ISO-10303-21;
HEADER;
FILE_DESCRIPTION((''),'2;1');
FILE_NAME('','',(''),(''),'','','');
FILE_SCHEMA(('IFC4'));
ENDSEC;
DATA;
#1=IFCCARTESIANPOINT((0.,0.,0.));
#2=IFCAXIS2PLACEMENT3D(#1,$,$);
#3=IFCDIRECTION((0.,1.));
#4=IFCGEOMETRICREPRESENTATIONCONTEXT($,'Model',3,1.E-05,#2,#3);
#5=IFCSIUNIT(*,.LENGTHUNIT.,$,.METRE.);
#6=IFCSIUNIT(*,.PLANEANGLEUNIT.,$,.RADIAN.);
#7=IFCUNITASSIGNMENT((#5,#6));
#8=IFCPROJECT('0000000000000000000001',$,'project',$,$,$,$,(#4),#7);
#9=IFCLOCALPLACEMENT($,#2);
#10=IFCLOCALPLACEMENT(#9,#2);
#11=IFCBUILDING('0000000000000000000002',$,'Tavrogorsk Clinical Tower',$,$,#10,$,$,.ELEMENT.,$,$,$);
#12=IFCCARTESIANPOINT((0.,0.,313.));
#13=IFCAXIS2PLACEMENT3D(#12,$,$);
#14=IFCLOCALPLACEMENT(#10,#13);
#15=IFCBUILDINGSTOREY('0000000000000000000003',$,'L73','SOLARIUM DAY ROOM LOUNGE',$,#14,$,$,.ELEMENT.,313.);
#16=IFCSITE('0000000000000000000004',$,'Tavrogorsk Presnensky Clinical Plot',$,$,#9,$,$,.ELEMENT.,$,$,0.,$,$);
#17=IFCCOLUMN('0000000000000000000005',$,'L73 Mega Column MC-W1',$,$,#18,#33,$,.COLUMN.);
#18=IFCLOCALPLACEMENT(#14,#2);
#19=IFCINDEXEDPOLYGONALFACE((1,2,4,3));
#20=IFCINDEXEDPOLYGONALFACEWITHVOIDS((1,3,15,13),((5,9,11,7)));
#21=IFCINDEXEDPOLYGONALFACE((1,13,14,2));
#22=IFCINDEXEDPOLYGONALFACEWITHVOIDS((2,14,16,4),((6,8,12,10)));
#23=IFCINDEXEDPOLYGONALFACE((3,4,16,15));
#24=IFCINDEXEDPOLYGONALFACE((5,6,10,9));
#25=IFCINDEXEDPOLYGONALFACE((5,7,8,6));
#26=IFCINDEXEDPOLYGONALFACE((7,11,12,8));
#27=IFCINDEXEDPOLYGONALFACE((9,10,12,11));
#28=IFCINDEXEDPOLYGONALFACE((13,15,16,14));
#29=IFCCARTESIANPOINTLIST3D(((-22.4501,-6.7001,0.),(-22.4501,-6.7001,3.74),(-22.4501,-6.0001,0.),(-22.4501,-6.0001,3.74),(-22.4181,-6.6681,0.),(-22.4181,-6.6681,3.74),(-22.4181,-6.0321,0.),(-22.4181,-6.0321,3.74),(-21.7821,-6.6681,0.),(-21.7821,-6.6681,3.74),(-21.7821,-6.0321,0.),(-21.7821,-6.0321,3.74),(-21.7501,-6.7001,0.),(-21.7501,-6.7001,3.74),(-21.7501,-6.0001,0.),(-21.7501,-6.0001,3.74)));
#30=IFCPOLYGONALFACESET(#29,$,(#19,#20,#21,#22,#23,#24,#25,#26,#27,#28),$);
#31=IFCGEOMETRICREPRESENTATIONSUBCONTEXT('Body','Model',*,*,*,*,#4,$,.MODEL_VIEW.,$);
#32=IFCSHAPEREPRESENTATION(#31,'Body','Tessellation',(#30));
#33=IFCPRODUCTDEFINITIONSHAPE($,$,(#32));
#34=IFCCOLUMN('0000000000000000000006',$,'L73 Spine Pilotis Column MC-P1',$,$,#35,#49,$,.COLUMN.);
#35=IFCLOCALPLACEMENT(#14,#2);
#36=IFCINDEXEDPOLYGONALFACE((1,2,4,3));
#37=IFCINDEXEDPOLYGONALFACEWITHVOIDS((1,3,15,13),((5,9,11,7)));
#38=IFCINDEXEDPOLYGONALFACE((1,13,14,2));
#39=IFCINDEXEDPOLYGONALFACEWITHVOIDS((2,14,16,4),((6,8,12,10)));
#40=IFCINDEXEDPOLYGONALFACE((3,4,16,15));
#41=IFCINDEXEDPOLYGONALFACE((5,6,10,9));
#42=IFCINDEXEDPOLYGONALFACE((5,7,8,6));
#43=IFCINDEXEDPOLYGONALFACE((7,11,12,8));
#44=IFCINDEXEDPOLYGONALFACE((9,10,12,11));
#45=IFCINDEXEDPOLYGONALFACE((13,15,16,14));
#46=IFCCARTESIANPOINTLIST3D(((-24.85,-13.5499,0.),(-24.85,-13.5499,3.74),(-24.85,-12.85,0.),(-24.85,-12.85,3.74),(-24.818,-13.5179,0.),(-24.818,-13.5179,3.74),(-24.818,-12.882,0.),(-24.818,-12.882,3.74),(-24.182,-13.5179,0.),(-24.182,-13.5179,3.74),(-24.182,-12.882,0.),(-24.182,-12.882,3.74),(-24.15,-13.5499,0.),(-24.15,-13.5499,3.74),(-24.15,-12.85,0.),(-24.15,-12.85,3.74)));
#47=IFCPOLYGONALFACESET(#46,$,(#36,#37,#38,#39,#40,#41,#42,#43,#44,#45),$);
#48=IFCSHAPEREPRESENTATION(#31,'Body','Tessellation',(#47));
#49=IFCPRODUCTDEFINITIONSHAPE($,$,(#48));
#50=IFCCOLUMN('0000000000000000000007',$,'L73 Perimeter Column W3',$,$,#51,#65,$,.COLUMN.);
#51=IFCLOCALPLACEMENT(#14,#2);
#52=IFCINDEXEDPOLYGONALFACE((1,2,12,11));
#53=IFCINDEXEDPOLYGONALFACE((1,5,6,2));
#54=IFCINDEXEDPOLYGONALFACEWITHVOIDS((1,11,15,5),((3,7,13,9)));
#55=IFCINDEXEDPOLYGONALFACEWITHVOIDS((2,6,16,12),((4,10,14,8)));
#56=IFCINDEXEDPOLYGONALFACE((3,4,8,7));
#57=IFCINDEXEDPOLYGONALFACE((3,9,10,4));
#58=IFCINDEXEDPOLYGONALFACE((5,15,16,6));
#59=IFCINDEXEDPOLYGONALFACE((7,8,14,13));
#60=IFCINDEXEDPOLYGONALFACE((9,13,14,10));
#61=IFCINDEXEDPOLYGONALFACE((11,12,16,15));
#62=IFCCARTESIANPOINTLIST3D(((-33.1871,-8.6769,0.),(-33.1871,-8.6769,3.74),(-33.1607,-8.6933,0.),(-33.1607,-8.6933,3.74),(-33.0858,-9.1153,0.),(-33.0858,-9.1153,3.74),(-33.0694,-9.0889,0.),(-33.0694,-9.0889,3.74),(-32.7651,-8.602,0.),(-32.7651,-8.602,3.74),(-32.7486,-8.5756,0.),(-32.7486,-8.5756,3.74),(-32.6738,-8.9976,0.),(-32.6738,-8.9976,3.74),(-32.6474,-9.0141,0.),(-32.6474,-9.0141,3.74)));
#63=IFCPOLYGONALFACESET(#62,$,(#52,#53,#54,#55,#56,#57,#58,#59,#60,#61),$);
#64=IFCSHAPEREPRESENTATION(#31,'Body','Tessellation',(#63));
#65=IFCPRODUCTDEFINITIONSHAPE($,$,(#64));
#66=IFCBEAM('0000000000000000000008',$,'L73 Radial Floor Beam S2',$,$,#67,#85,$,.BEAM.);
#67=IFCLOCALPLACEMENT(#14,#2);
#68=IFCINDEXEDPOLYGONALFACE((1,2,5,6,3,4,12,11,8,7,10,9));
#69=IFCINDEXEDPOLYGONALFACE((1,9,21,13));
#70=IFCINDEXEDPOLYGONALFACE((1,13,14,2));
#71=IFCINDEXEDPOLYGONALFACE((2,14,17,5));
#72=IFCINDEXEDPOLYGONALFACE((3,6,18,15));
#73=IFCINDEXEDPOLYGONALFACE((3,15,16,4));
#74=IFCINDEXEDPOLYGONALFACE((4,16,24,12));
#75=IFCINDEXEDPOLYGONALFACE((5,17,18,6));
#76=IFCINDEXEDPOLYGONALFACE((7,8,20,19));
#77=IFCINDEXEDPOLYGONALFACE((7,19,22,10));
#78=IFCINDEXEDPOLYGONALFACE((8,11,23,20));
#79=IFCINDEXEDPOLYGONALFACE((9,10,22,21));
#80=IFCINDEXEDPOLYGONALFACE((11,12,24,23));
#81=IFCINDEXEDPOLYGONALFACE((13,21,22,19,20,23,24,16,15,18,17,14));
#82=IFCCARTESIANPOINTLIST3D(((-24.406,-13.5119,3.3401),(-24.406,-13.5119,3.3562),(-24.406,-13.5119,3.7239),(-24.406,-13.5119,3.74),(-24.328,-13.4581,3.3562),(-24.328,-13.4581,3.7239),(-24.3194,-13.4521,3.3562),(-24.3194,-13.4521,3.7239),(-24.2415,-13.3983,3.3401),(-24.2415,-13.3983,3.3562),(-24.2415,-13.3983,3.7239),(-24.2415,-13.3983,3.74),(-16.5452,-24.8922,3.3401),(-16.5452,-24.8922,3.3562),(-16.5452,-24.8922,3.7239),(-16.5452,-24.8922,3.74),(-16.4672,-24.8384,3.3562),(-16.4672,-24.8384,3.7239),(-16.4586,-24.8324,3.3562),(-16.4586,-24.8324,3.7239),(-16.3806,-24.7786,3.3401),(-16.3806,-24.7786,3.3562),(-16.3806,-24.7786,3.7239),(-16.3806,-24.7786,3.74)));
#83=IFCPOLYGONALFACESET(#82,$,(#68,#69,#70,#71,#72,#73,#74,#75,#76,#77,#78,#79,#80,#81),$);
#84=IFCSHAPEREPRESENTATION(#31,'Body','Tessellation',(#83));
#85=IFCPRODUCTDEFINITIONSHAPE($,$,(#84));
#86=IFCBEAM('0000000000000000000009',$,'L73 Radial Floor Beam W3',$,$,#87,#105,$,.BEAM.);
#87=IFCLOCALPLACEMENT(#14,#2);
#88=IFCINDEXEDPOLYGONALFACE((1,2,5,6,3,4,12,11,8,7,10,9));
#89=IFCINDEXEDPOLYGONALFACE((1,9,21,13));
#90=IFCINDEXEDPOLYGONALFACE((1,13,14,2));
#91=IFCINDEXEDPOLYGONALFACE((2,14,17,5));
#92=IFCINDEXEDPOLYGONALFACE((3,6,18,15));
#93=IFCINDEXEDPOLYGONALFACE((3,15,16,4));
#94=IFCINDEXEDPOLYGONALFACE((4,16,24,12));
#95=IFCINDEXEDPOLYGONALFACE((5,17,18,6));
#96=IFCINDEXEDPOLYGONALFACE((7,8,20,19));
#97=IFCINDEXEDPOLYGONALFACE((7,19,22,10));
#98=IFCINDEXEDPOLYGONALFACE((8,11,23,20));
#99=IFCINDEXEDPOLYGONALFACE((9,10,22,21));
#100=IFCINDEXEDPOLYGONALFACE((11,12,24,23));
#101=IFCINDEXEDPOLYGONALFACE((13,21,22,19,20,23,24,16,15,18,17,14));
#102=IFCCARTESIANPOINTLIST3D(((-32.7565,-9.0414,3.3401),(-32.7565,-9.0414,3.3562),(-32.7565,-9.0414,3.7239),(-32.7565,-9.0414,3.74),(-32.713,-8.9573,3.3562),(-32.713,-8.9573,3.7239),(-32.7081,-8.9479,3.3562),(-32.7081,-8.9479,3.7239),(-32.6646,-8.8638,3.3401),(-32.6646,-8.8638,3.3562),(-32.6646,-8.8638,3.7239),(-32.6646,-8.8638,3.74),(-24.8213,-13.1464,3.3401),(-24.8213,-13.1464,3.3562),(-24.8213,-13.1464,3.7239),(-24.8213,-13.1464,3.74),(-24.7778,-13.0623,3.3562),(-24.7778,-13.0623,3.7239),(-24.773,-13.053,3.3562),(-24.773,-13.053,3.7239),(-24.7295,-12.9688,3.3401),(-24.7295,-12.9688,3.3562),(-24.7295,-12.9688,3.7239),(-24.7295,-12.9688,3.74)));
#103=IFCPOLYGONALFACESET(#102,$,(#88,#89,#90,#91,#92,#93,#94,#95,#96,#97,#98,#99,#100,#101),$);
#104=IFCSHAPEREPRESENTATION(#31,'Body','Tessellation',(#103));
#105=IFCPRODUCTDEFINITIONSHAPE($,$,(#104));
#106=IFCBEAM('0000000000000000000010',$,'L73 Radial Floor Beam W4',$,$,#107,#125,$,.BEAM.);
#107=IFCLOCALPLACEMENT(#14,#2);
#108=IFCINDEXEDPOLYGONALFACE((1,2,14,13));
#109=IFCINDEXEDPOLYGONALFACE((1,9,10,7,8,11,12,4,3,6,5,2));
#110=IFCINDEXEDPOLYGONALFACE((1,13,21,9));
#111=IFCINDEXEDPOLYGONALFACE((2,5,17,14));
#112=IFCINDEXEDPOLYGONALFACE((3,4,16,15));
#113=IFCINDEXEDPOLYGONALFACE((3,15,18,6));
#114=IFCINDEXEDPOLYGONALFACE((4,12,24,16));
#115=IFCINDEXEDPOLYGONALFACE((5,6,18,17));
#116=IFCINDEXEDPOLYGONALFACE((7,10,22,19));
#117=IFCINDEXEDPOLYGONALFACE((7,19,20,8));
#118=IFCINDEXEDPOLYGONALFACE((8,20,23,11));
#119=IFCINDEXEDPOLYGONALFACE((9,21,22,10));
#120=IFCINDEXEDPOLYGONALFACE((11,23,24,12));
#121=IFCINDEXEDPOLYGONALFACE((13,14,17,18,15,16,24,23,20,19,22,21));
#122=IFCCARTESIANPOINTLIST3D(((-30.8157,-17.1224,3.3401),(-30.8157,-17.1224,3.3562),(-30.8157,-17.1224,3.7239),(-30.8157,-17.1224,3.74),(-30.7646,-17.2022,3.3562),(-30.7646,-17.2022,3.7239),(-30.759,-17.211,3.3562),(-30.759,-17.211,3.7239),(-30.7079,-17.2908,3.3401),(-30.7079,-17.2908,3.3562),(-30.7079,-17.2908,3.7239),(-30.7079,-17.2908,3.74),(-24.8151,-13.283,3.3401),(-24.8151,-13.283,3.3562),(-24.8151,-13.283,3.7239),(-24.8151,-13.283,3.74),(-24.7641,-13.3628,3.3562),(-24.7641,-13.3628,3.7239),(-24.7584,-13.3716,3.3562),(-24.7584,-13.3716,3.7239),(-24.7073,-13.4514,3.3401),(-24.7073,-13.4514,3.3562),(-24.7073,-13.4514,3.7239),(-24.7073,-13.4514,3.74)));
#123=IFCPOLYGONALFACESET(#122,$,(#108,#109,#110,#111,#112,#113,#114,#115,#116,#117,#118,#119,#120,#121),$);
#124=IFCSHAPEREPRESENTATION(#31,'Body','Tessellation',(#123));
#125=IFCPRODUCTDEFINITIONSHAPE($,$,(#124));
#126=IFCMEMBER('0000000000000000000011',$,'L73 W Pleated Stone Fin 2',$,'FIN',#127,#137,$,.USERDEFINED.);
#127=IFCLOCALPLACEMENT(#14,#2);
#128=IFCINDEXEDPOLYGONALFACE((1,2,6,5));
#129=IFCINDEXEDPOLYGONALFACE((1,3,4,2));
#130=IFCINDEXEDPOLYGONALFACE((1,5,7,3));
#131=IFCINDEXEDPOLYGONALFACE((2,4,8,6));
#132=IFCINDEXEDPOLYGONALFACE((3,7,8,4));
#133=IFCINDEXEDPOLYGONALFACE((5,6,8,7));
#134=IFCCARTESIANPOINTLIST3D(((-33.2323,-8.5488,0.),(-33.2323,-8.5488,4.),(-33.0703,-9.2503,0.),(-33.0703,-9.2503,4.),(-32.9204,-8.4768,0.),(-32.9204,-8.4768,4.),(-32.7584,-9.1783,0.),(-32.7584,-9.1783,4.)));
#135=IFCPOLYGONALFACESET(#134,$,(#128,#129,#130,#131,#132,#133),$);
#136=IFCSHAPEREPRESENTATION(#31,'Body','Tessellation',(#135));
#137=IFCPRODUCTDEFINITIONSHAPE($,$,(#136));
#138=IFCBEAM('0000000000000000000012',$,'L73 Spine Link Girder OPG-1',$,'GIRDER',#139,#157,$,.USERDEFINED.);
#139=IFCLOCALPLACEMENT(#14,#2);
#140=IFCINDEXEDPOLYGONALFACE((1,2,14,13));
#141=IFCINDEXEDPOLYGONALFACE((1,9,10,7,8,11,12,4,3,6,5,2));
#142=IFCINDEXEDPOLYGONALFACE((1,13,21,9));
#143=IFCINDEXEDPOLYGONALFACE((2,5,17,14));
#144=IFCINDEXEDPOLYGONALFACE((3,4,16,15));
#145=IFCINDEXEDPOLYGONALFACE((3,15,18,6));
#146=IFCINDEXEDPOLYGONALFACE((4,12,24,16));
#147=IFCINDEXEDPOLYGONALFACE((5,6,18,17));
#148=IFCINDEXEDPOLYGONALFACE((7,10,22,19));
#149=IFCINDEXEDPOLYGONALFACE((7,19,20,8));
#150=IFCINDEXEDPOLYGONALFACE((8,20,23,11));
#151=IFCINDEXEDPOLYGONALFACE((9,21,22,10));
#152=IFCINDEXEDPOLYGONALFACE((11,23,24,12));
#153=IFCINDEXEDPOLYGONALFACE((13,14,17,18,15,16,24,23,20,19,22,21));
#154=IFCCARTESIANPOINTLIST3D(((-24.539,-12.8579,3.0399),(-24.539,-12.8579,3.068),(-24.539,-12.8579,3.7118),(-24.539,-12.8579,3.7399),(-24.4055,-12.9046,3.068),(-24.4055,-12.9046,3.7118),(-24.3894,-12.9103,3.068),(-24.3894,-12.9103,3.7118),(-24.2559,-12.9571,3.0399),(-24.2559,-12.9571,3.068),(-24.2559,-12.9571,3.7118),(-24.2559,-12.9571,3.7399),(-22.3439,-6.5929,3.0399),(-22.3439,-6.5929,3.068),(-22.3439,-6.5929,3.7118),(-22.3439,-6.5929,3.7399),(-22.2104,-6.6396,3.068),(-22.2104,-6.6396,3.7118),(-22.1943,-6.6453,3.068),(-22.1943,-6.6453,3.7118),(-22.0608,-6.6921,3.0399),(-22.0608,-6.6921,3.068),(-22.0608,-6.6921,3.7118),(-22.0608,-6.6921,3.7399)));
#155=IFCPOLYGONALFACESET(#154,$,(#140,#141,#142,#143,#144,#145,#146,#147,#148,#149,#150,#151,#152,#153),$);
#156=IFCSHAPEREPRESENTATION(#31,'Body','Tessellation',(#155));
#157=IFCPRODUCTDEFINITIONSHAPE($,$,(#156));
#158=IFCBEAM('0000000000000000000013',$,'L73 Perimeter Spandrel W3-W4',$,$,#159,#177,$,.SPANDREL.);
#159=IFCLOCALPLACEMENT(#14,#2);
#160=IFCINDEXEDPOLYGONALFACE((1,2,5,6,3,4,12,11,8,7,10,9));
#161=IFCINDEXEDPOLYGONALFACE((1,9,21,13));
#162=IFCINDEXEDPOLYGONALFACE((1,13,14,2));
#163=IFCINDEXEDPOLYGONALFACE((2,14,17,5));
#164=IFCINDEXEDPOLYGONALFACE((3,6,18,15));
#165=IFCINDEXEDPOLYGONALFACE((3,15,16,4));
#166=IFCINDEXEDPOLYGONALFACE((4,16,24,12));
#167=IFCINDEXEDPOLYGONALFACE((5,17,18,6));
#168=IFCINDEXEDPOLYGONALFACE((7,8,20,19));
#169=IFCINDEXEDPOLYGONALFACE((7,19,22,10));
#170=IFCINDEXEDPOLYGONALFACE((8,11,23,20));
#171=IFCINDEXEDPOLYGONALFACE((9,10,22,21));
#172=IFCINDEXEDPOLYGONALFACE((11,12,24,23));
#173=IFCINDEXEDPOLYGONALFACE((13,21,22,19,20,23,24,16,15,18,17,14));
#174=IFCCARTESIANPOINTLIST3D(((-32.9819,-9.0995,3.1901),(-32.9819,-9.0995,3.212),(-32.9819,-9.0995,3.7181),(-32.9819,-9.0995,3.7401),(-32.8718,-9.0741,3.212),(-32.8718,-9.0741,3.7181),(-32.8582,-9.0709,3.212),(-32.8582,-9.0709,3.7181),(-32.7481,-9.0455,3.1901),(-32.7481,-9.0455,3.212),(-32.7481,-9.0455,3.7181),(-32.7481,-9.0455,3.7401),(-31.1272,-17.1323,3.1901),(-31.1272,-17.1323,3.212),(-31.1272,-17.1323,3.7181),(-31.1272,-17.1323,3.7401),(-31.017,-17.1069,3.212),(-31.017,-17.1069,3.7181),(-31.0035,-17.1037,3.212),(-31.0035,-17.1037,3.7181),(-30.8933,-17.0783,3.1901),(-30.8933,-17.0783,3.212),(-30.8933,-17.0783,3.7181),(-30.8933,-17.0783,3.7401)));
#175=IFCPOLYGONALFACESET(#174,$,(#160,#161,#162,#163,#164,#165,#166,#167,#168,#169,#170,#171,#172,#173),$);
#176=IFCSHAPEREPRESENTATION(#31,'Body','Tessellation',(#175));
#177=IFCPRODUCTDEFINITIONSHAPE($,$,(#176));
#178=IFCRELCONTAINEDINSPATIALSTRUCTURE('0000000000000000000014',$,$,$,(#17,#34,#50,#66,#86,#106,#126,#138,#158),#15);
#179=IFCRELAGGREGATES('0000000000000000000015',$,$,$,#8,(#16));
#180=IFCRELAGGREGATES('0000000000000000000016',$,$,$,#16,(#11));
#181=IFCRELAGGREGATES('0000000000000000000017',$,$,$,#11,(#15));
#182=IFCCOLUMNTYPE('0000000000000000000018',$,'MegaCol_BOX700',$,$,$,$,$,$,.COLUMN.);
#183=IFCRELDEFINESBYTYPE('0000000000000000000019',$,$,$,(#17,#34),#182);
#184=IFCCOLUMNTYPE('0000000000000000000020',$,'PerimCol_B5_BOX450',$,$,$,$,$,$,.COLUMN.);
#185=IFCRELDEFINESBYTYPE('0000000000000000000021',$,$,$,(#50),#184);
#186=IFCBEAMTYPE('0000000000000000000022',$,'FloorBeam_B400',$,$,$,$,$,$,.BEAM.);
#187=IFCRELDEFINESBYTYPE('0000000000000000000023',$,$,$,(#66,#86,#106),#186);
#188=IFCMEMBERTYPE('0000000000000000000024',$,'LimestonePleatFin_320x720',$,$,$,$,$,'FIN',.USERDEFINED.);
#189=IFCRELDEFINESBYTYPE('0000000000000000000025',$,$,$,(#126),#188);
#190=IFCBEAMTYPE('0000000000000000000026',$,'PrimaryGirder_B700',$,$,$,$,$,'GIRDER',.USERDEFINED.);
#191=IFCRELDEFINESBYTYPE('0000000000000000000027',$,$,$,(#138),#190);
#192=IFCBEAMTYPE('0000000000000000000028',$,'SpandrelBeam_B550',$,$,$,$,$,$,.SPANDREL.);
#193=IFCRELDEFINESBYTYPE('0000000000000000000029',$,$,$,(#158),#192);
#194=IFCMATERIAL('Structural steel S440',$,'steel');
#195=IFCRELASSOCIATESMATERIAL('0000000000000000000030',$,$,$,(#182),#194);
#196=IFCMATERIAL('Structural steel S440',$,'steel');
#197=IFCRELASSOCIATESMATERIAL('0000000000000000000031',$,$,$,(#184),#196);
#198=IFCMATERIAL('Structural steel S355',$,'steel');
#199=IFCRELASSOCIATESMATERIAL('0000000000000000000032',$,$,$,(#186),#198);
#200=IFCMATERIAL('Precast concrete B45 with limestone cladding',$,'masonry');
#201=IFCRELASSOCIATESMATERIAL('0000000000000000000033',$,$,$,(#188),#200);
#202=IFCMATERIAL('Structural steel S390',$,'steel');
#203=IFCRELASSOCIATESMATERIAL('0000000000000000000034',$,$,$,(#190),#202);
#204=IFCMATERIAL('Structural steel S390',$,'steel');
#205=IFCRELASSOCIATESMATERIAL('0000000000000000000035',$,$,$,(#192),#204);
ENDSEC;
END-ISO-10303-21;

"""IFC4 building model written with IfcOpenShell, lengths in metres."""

from ifc_helpers import new_model, si_unit, direction, frame, origin, origin_2d, place, context, subcontext, project, spatial, rectangle, hollow_rectangle, i_section, extrude, material, material_profile, profile_set, type_object, element, save


model = new_model("IFC4")

# Units and contexts
model_context = context("Model", 3, precision=1e-05, world=origin(), true_north=direction((0.0, 1.0)))
body_context = subcontext(model_context, "Body", "Model", "MODEL_VIEW")
ifc_project = project(units=[si_unit("LENGTHUNIT", "METRE"), si_unit("PLANEANGLEUNIT", "RADIAN")], contexts=[model_context])

# Site, building, storey
site_placement = place(None, origin())
site = spatial("IfcSite", under=ifc_project, at=site_placement, Name="Tavrogorsk Presnensky Clinical Plot", CompositionType="ELEMENT", RefElevation=0.0)
building_placement = place(site_placement, origin())
building = spatial("IfcBuilding", under=site, at=building_placement, Name="Tavrogorsk Clinical Tower", CompositionType="ELEMENT")
storey_placement = place(building_placement, frame((0.0, 0.0, 313.0)))
storey = spatial("IfcBuildingStorey", under=building, at=storey_placement, Name="L73", Description="SOLARIUM DAY ROOM LOUNGE", CompositionType="ELEMENT", Elevation=313.0)

# Columns
ifc_material_1 = material(Name="Structural steel S440", Category="steel")
ifc_material_profile_1 = material_profile(ifc_material_1, hollow_rectangle(XDim=0.7, YDim=0.7, WallThickness=0.032, at=origin_2d()), Name="BOX-700x700x32")
ifc_profile_set_1 = profile_set([ifc_material_profile_1], Name="Structural steel S440")
column_type_1 = type_object("IfcColumnType", Name="MegaCol_BOX700", PredefinedType="COLUMN", material=ifc_profile_set_1)
for number, where, z_axis, x_axis, name in (
    (1, (-22.1001, -6.3501, 0.0), (0.0, 0.0, 1.0), (1.0, 0.0, 0.0), "L73 Mega Column MC-W1"),
    (2, (-24.5, -13.2, 0.0), (0.0, 0.0, 1.0), (1.0, 0.0, 0.0), "L73 Spine Pilotis Column MC-P1"),
):
    element("IfcColumn", number, at=place(storey_placement, frame(where, z_axis=z_axis, x_axis=x_axis)), inside=storey, type_object=column_type_1, Name=name, PredefinedType="COLUMN", context=body_context, shape_type="SweptSolid", body=[
        extrude(hollow_rectangle(XDim=0.7, YDim=0.7, WallThickness=0.032, at=origin_2d()), origin(), (0.0, 0.0, 1.0), 3.74),
    ])
ifc_material_2 = material(Name="Structural steel S440", Category="steel")
ifc_material_profile_2 = material_profile(ifc_material_2, hollow_rectangle(XDim=0.45, YDim=0.45, WallThickness=0.022, at=origin_2d()), Name="BOX-450x450x22")
ifc_profile_set_2 = profile_set([ifc_material_profile_2], Name="Structural steel S440")
column_type_2 = type_object("IfcColumnType", Name="PerimCol_B5_BOX450", PredefinedType="COLUMN", material=ifc_profile_set_2)
column_placement = place(storey_placement, frame((-32.9172, -8.8455, 0.0), z_axis=(0.0, 0.0, 1.0), x_axis=(0.97437, 0.224951, 0.0)))
element("IfcColumn", 3, at=column_placement, inside=storey, type_object=column_type_2, Name="L73 Perimeter Column W3", PredefinedType="COLUMN", context=body_context, shape_type="SweptSolid", body=[
    extrude(hollow_rectangle(XDim=0.45, YDim=0.45, WallThickness=0.022, at=origin_2d()), origin(), (0.0, 0.0, 1.0), 3.74),
])

# Beams
ifc_material_3 = material(Name="Structural steel S355", Category="steel")
ifc_material_profile_3 = material_profile(ifc_material_3, i_section(OverallWidth=0.2, OverallDepth=0.3999, WebThickness=0.0105, FlangeThickness=0.0161, at=origin_2d()), Name="B-400x200x10.5x16")
ifc_profile_set_3 = profile_set([ifc_material_profile_3], Name="Structural steel S355")
beam_type_1 = type_object("IfcBeamType", Name="FloorBeam_B400", PredefinedType="BEAM", material=ifc_profile_set_3)
beam_1_placement = place(storey_placement, frame((-24.3237, -13.4551, 3.54), z_axis=(0.568336, -0.822797, 0.0), x_axis=(0.822797, 0.568336, 0.0)))
element("IfcBeam", 4, at=beam_1_placement, inside=storey, type_object=beam_type_1, Name="L73 Radial Floor Beam S2", PredefinedType="BEAM", context=body_context, shape_type="SweptSolid", body=[
    extrude(i_section(OverallWidth=0.2, OverallDepth=0.3999, WebThickness=0.0105, FlangeThickness=0.0161, at=origin_2d()), origin(), (0.0, 0.0, 1.0), 13.8313),
])
beam_2_placement = place(storey_placement, frame((-24.7754, -13.0576, 3.54), z_axis=(-0.888188, 0.459479, 0.0), x_axis=(-0.459479, -0.888188, 0.0)))
element("IfcBeam", 5, at=beam_2_placement, inside=storey, type_object=beam_type_1, Name="L73 Radial Floor Beam W3", PredefinedType="BEAM", context=body_context, shape_type="SweptSolid", body=[
    extrude(i_section(OverallWidth=0.2, OverallDepth=0.3999, WebThickness=0.0105, FlangeThickness=0.0161, at=origin_2d()), origin(), (0.0, 0.0, 1.0), 8.9341),
])
beam_3_placement = place(storey_placement, frame((-24.7612, -13.3672, 3.54), z_axis=(-0.842332, -0.538958, 0.0), x_axis=(0.538958, -0.842332, 0.0)))
element("IfcBeam", 6, at=beam_3_placement, inside=storey, type_object=beam_type_1, Name="L73 Radial Floor Beam W4", PredefinedType="BEAM", context=body_context, shape_type="SweptSolid", body=[
    extrude(i_section(OverallWidth=0.2, OverallDepth=0.3999, WebThickness=0.0105, FlangeThickness=0.0161, at=origin_2d()), origin(), (0.0, 0.0, 1.0), 7.1238),
])

# Member
ifc_material_4 = material(Name="Precast concrete B45 with limestone cladding", Category="masonry")
ifc_material_profile_4 = material_profile(ifc_material_4, rectangle(XDim=0.3201, YDim=0.72, at=origin_2d()), Name="LIMESTONE-FIN-320x720")
ifc_profile_set_4 = profile_set([ifc_material_profile_4], Name="Precast concrete B45 with limestone cladding")
member_type = type_object("IfcMemberType", Name="LimestonePleatFin_320x720", ElementType="FIN", PredefinedType="USERDEFINED", material=ifc_profile_set_4)
member_placement = place(storey_placement, frame((-32.9954, -8.8635, 0.0), z_axis=(0.0, 0.0, 1.0), x_axis=(0.97437, 0.224951, 0.0)))
element("IfcMember", 7, at=member_placement, inside=storey, type_object=member_type, Name="L73 W Pleated Stone Fin 2", ObjectType="FIN", PredefinedType="USERDEFINED", context=body_context, shape_type="SweptSolid", body=[
    extrude(rectangle(XDim=0.3201, YDim=0.72, at=origin_2d()), origin(), (0.0, 0.0, 1.0), 4.0),
])

# Beams
ifc_material_5 = material(Name="Structural steel S390", Category="steel")
ifc_material_profile_5 = material_profile(ifc_material_5, i_section(OverallWidth=0.3, OverallDepth=0.7, WebThickness=0.0171, FlangeThickness=0.0281, at=origin_2d()), Name="B-700x300x17x28")
ifc_profile_set_5 = profile_set([ifc_material_profile_5], Name="Structural steel S390")
beam_type_2 = type_object("IfcBeamType", Name="PrimaryGirder_B700", ElementType="GIRDER", PredefinedType="USERDEFINED", material=ifc_profile_set_5)
beam_4_placement = place(storey_placement, frame((-24.3975, -12.9075, 3.3899), z_axis=(0.330667, 0.943748, 0.0), x_axis=(-0.943748, 0.330667, 0.0)))
element("IfcBeam", 8, at=beam_4_placement, inside=storey, type_object=beam_type_2, Name="L73 Spine Link Girder OPG-1", ObjectType="GIRDER", PredefinedType="USERDEFINED", context=body_context, shape_type="SweptSolid", body=[
    extrude(i_section(OverallWidth=0.3, OverallDepth=0.7, WebThickness=0.0171, FlangeThickness=0.0281, at=origin_2d()), origin(), (0.0, 0.0, 1.0), 6.6384),
])
ifc_material_6 = material(Name="Structural steel S390", Category="steel")
ifc_material_profile_6 = material_profile(ifc_material_6, i_section(OverallWidth=0.24, OverallDepth=0.55, WebThickness=0.0139, FlangeThickness=0.022, at=origin_2d()), Name="B-550x240x14x22")
ifc_profile_set_6 = profile_set([ifc_material_profile_6], Name="Structural steel S390")
beam_type_3 = type_object("IfcBeamType", Name="SpandrelBeam_B550", PredefinedType="SPANDREL", material=ifc_profile_set_6)
beam_5_placement = place(storey_placement, frame((-32.865, -9.0725, 3.4651), z_axis=(0.224978, -0.974364, 0.0), x_axis=(0.974364, 0.224978, 0.0)))
element("IfcBeam", 9, at=beam_5_placement, inside=storey, type_object=beam_type_3, Name="L73 Perimeter Spandrel W3-W4", PredefinedType="SPANDREL", context=body_context, shape_type="SweptSolid", body=[
    extrude(i_section(OverallWidth=0.24, OverallDepth=0.55, WebThickness=0.0139, FlangeThickness=0.022, at=origin_2d()), origin(), (0.0, 0.0, 1.0), 8.2441),
])

save(model, "model.ifc")
